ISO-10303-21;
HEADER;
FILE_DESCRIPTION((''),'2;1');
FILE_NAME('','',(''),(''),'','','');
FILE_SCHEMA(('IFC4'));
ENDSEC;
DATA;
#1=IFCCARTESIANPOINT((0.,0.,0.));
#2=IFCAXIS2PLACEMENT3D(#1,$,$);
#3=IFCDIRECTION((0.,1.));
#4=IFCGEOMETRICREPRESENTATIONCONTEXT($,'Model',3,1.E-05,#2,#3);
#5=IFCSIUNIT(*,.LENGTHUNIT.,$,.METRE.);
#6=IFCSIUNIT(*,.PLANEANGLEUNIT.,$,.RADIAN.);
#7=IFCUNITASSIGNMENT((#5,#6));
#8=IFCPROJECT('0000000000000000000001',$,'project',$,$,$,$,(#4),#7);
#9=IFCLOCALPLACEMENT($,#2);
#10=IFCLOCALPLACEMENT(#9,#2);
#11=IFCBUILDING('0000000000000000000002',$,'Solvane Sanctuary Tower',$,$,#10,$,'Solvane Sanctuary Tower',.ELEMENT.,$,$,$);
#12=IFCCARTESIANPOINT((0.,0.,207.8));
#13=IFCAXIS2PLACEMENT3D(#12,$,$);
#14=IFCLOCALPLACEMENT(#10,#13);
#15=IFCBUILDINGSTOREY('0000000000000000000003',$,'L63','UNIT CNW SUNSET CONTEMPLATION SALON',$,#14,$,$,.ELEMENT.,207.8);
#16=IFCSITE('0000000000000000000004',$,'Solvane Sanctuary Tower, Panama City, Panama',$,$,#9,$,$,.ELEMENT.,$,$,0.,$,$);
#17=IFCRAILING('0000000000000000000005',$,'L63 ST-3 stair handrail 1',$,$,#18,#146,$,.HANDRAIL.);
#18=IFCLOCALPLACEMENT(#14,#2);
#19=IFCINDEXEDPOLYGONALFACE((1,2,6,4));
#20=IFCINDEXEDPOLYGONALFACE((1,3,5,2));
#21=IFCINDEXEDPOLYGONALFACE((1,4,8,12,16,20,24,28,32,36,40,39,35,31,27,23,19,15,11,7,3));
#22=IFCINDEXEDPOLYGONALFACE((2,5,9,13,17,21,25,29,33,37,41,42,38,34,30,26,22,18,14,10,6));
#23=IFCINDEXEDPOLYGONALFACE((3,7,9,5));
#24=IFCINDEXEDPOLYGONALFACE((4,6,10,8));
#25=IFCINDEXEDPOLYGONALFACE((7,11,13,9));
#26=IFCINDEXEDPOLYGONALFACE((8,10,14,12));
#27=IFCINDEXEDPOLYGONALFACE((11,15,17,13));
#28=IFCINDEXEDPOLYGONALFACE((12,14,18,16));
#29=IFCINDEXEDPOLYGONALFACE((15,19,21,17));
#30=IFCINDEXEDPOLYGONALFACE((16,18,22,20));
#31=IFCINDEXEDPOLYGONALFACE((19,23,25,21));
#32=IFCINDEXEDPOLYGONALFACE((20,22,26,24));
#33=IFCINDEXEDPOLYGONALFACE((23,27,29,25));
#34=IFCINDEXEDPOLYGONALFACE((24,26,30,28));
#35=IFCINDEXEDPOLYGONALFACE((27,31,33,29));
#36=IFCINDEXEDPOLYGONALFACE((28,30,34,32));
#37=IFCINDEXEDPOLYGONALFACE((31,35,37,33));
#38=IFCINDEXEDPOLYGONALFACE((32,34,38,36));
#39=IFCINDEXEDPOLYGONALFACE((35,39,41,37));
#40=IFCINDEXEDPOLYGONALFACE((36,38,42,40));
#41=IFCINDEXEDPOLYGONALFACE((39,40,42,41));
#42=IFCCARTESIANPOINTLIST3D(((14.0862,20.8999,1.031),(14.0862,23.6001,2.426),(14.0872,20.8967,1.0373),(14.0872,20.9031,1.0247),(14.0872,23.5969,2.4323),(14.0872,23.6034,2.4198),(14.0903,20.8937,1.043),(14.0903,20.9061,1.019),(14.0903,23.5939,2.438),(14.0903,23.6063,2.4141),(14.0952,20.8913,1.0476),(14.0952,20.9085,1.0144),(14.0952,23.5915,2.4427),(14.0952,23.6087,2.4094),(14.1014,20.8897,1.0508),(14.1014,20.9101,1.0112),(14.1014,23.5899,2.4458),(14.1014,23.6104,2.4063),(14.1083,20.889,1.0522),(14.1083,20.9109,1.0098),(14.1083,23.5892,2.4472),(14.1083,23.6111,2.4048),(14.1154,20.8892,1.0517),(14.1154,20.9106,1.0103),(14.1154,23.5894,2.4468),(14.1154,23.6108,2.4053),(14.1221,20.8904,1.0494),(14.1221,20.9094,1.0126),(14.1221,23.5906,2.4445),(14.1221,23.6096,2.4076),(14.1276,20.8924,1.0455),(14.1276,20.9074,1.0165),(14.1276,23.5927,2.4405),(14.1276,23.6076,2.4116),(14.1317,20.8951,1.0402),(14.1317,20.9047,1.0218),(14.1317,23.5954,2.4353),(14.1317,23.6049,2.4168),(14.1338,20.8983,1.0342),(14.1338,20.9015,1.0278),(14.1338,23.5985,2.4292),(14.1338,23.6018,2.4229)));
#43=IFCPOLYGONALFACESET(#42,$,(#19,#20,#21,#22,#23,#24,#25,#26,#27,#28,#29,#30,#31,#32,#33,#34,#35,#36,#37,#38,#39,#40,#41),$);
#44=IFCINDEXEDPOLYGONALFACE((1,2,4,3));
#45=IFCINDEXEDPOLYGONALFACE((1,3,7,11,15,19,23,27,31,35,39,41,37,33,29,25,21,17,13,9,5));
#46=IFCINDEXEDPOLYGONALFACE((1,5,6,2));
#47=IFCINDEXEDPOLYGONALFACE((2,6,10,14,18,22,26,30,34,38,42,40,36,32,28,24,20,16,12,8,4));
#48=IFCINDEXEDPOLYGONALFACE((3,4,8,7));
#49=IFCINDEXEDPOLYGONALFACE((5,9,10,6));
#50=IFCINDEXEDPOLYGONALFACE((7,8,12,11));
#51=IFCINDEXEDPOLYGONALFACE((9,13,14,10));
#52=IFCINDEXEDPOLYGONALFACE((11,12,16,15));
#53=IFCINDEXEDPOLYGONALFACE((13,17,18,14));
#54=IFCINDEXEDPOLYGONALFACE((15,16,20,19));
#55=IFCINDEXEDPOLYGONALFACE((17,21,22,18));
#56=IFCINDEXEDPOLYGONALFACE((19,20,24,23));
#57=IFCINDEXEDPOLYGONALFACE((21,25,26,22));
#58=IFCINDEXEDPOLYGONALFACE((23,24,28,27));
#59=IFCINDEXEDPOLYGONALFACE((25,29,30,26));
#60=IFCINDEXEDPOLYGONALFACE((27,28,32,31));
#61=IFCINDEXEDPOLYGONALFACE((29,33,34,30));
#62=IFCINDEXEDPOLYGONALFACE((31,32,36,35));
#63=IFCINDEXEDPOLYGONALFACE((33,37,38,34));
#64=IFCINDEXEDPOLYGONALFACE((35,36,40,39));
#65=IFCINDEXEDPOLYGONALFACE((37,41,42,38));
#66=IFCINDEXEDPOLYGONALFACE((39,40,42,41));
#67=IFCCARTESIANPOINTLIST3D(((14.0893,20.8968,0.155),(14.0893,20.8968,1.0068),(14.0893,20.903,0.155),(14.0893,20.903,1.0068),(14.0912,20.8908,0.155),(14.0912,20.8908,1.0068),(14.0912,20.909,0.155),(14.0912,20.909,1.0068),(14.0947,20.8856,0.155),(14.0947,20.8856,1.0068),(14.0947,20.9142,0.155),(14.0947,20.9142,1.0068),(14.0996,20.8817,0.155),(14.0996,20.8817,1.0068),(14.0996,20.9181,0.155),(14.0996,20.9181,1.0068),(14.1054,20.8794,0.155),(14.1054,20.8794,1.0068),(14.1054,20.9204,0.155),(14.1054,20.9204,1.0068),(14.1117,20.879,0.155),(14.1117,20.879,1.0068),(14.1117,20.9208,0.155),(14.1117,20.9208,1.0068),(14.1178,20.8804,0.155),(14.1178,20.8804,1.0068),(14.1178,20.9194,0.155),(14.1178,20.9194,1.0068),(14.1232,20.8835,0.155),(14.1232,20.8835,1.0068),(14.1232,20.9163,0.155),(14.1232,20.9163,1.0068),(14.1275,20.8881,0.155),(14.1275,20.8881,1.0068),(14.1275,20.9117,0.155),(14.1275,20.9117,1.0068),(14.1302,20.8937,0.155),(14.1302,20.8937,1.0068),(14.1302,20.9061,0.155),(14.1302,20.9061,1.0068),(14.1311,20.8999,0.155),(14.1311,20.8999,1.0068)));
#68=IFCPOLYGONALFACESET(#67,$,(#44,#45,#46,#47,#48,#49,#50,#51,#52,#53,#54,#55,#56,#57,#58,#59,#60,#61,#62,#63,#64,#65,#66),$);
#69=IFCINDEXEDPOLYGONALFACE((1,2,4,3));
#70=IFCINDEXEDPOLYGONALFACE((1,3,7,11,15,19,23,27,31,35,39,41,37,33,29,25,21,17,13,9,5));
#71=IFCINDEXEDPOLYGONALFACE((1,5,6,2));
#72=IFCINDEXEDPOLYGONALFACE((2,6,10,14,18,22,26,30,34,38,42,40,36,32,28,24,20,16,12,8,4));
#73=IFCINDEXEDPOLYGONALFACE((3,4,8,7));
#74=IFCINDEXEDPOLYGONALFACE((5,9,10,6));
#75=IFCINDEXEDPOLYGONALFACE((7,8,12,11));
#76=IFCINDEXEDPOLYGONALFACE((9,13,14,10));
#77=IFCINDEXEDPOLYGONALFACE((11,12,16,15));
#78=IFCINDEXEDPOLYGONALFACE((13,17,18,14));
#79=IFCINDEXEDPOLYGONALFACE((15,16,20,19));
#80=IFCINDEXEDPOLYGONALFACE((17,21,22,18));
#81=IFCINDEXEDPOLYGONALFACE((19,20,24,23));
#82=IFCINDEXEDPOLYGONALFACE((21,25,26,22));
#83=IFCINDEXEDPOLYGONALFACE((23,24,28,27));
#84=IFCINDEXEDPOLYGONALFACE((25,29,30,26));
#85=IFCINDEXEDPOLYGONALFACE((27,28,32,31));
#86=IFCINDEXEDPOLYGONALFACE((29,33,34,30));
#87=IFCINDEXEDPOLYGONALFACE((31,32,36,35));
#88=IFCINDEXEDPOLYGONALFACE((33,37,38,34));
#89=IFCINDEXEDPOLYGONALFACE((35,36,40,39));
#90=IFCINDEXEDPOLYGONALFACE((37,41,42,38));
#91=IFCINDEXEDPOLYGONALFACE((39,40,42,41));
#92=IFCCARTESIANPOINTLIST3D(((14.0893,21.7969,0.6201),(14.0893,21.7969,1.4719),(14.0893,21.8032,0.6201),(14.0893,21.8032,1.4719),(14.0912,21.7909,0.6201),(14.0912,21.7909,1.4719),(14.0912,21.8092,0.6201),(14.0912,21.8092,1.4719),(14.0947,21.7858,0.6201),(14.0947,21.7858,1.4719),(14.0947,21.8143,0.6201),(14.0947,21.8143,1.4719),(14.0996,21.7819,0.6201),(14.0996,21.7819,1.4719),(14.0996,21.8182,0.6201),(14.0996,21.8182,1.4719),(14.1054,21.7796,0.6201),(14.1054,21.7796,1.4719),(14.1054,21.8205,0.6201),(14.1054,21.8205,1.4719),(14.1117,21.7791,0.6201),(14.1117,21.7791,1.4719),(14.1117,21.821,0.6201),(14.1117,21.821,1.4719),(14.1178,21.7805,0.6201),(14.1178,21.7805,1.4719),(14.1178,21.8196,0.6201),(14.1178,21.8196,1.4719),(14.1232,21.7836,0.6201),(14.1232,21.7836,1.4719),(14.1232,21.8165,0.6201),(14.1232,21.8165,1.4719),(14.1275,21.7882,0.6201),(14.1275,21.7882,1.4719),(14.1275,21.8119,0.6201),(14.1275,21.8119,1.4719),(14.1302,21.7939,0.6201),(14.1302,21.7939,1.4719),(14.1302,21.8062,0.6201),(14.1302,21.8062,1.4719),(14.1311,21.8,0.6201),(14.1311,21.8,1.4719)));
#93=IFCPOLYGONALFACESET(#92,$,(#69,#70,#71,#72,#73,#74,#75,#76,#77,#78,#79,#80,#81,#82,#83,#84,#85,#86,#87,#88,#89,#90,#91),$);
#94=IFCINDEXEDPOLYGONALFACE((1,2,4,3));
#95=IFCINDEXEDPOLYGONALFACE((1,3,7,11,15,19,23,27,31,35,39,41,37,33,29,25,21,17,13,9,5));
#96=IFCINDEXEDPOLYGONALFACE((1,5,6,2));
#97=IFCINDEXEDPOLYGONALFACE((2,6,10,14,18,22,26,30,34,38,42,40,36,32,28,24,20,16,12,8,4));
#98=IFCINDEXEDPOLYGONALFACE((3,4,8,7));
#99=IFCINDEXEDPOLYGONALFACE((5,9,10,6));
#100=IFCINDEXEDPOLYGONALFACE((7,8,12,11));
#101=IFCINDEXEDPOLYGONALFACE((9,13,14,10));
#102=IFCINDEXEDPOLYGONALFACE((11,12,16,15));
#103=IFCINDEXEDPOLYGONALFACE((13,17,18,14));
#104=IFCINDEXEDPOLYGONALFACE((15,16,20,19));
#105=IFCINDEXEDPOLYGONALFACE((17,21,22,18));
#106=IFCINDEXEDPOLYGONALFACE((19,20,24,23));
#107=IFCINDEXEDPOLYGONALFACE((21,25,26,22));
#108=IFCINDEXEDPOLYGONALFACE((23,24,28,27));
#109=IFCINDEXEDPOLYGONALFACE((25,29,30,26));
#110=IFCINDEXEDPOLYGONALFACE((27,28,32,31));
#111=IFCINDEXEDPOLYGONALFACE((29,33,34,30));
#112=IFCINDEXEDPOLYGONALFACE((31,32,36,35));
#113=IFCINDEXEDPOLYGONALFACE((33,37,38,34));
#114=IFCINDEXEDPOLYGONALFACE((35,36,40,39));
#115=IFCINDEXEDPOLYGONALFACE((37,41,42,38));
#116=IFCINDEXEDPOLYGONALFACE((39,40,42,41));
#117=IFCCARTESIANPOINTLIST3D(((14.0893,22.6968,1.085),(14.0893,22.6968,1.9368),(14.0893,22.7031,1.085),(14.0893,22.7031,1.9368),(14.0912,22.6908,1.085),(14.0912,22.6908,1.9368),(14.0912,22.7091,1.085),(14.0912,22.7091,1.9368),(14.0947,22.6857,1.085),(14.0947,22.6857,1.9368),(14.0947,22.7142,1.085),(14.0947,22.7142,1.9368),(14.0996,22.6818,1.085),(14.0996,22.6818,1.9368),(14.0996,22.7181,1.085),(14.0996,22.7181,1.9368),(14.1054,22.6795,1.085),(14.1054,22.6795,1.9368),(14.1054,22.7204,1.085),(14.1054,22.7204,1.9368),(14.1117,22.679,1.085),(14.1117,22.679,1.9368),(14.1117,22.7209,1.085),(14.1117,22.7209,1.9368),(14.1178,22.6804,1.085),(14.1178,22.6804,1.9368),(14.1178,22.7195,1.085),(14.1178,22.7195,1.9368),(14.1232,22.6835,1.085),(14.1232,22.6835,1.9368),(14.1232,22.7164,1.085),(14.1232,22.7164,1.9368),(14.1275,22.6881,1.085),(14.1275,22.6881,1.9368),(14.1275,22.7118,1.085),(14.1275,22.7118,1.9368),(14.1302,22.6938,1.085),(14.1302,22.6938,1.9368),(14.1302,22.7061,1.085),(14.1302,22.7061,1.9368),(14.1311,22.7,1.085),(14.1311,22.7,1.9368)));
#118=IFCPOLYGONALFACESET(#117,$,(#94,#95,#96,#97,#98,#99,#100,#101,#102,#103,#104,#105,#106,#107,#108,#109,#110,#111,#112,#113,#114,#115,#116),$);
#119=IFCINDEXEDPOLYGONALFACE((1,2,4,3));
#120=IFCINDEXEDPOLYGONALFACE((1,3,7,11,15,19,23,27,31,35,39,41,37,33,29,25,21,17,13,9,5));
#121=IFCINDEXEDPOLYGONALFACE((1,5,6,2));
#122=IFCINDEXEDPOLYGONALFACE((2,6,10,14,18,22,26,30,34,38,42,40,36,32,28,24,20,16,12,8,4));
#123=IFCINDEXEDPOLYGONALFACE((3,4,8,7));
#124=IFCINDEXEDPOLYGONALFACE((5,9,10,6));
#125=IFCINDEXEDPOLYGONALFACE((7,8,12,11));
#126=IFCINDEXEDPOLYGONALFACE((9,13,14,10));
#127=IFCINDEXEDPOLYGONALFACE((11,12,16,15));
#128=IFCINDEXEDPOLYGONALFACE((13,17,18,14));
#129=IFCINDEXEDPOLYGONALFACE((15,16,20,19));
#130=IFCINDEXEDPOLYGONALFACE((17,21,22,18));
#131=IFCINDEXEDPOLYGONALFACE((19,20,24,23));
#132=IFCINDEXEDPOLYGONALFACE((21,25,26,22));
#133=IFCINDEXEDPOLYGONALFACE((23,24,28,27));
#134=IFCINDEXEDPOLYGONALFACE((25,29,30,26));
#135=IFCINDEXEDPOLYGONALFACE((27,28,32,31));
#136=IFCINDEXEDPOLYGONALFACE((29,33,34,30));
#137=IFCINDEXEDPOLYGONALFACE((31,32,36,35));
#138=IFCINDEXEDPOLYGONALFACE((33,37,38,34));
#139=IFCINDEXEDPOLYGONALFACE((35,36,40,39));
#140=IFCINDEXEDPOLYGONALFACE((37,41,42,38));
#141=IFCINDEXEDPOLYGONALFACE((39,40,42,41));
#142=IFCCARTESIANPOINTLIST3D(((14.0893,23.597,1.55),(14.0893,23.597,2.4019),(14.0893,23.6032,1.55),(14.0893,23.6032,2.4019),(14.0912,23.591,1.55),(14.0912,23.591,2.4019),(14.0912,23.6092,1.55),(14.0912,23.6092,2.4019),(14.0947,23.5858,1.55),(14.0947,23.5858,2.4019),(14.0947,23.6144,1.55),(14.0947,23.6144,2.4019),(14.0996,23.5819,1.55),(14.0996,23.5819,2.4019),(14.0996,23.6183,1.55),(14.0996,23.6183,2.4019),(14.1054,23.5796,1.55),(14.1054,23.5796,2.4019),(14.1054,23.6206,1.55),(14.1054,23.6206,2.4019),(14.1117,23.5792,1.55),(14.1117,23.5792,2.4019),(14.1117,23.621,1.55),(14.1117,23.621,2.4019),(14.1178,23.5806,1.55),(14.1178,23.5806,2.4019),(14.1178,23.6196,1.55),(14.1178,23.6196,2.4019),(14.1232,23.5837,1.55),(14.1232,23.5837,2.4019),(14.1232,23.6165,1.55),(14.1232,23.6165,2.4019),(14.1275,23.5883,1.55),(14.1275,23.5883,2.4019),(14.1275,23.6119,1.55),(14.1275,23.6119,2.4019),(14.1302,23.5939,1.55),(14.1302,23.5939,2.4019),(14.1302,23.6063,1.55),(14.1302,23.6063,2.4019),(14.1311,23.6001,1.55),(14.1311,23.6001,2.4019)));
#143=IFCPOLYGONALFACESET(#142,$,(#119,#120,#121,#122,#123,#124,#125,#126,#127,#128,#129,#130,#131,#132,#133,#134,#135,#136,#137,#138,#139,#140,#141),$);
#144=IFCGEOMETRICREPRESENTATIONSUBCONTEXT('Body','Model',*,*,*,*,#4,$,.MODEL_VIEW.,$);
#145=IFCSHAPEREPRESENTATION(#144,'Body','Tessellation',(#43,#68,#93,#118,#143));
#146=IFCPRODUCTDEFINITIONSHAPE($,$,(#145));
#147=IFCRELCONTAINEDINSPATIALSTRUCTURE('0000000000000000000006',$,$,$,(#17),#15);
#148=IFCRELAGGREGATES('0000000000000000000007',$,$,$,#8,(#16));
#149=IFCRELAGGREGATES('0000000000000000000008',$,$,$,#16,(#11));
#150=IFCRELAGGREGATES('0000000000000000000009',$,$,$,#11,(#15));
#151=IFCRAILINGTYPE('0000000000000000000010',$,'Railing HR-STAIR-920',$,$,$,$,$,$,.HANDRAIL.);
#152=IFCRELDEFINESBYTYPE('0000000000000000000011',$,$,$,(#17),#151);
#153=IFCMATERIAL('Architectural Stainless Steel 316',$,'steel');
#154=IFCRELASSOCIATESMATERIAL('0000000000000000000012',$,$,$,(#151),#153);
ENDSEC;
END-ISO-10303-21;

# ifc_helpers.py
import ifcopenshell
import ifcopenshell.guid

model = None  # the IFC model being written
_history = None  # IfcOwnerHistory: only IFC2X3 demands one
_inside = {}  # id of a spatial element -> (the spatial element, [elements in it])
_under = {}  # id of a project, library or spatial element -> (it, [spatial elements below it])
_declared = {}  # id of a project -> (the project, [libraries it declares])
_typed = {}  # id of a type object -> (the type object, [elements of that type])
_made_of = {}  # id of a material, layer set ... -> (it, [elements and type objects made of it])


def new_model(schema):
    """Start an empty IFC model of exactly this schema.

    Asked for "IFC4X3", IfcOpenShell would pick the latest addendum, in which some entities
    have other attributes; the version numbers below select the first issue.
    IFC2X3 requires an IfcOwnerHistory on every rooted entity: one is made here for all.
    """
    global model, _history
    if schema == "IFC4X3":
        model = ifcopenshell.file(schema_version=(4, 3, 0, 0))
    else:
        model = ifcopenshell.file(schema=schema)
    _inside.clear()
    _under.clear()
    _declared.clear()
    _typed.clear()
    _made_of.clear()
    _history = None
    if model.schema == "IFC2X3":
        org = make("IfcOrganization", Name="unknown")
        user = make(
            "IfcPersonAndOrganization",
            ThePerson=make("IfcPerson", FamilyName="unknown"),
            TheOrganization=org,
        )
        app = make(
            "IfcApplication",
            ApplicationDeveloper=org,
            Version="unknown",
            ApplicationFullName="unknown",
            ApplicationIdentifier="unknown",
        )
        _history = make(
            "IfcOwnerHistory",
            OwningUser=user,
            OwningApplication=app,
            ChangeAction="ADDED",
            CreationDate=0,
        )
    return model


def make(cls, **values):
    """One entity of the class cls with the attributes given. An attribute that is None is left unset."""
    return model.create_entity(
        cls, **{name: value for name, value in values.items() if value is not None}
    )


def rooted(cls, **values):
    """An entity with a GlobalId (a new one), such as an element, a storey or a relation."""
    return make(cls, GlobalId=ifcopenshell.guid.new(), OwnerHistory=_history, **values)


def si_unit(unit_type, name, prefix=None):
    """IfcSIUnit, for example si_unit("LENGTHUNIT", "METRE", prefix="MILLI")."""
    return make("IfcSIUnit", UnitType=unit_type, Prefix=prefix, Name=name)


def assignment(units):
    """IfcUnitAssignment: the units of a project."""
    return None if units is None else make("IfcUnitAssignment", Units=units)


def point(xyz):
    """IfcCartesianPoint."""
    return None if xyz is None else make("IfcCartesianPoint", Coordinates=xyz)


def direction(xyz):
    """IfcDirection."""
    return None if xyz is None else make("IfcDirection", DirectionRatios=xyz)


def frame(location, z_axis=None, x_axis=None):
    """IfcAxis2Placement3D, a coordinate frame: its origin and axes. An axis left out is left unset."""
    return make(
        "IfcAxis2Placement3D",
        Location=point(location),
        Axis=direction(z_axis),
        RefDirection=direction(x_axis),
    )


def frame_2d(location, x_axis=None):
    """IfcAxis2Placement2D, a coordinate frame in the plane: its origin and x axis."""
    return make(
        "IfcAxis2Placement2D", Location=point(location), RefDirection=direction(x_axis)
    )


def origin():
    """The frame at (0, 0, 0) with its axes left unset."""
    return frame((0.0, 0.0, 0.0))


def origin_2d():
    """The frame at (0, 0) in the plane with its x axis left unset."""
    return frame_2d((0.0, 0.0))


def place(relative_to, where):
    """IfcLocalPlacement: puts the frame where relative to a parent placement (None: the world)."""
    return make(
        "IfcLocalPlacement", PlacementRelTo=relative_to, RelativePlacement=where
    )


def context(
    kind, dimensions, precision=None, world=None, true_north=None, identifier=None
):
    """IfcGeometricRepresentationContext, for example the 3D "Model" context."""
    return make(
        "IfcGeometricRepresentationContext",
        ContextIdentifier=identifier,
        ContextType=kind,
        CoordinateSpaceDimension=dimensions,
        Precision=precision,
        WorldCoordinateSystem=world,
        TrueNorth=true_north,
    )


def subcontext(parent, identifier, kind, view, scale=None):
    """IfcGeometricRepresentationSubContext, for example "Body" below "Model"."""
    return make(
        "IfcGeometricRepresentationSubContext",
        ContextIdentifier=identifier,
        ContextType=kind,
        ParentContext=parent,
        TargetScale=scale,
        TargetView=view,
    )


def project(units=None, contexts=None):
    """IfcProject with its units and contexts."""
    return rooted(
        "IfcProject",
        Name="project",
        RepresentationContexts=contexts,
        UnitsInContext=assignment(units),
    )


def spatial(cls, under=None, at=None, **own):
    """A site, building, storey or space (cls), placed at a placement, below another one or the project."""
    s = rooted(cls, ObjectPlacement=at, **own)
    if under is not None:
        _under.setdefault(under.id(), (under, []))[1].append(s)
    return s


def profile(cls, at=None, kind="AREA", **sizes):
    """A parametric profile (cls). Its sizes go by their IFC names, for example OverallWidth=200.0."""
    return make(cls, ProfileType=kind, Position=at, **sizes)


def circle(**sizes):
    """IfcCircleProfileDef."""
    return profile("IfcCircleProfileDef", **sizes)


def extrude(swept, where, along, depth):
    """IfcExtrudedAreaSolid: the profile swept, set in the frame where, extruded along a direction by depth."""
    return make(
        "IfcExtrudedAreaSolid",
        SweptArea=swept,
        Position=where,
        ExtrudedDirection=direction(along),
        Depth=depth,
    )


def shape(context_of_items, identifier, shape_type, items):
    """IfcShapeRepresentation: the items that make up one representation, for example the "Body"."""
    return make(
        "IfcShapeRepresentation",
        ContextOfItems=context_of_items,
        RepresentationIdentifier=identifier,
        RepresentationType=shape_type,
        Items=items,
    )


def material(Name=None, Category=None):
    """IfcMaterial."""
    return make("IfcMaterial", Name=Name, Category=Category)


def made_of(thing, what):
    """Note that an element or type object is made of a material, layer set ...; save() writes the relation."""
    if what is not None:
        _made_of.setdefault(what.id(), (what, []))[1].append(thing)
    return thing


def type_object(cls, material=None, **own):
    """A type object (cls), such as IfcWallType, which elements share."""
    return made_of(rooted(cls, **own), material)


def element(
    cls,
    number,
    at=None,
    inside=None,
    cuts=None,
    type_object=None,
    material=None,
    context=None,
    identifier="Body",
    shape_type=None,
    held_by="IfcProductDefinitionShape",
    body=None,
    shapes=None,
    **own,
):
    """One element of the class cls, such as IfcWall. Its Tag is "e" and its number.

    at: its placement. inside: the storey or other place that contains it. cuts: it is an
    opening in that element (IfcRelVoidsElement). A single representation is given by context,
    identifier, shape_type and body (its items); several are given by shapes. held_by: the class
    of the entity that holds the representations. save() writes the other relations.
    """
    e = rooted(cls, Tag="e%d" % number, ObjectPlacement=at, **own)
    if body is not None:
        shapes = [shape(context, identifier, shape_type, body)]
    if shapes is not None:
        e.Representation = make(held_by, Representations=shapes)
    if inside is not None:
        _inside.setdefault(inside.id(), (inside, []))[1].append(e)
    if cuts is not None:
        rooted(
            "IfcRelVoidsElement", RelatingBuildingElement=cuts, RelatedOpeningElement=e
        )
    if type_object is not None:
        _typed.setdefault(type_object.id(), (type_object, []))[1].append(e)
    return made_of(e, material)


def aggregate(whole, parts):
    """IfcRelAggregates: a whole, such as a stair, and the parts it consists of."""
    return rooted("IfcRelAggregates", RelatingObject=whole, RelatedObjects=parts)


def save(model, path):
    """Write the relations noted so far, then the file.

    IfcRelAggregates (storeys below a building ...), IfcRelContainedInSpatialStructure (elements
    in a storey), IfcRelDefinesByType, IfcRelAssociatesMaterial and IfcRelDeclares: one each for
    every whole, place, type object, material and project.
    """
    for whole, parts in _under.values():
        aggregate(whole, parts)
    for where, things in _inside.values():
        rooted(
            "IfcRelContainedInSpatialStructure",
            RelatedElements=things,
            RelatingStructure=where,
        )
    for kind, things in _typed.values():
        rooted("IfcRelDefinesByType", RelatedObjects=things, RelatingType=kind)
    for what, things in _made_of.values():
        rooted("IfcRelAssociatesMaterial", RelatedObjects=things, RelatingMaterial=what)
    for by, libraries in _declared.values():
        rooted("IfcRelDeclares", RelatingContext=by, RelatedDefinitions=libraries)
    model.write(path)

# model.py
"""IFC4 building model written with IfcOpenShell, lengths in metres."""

from ifc_helpers import new_model, si_unit, direction, frame, origin, origin_2d, place, context, subcontext, project, spatial, circle, extrude, material, type_object, element, save


model = new_model("IFC4")

# Units and contexts
model_context = context("Model", 3, precision=1e-05, world=origin(), true_north=direction((0.0, 1.0)))
body_context = subcontext(model_context, "Body", "Model", "MODEL_VIEW")
ifc_project = project(units=[si_unit("LENGTHUNIT", "METRE"), si_unit("PLANEANGLEUNIT", "RADIAN")], contexts=[model_context])

# Site, building, storey
site_placement = place(None, origin())
site = spatial("IfcSite", under=ifc_project, at=site_placement, Name="Solvane Sanctuary Tower, Panama City, Panama", CompositionType="ELEMENT", RefElevation=0.0)
building_placement = place(site_placement, origin())
building = spatial("IfcBuilding", under=site, at=building_placement, Name="Solvane Sanctuary Tower", LongName="Solvane Sanctuary Tower", CompositionType="ELEMENT")
storey_placement = place(building_placement, frame((0.0, 0.0, 207.8)))
storey = spatial("IfcBuildingStorey", under=building, at=storey_placement, Name="L63", Description="UNIT CNW SUNSET CONTEMPLATION SALON", CompositionType="ELEMENT", Elevation=207.8)

# Shared definitions
ifc_material_1 = material(Name="Architectural Stainless Steel 316", Category="steel")

# Railing
railing_type_1 = type_object("IfcRailingType", Name="Railing HR-STAIR-920", PredefinedType="HANDRAIL", material=ifc_material_1)
railing_1_placement = place(storey_placement, frame((14.1101, 20.8999, 0.155)))
element("IfcRailing", 1, at=railing_1_placement, inside=storey, type_object=railing_type_1, Name="L63 ST-3 stair handrail 1", PredefinedType="HANDRAIL", context=body_context, shape_type="SweptSolid", body=[
    extrude(circle(Radius=0.0239, at=origin_2d()), frame((0.0, 0.0, 0.876), z_axis=(0.0, 0.888437, 0.458999), x_axis=(-1.0, 0.0, 0.0)), (0.0, 0.0, 1.0), 3.0393),
    extrude(circle(Radius=0.021, at=origin_2d()), origin(), (0.0, 0.0, 1.0), 0.8518),
    extrude(circle(Radius=0.021, at=origin_2d()), frame((0.0, 0.9001, 0.4651)), (0.0, 0.0, 1.0), 0.8518),
    extrude(circle(Radius=0.021, at=origin_2d()), frame((0.0, 1.8, 0.9299)), (0.0, 0.0, 1.0), 0.8518),
    extrude(circle(Radius=0.021, at=origin_2d()), frame((0.0, 2.7002, 1.395)), (0.0, 0.0, 1.0), 0.8518),
])

save(model, "model.ifc")
